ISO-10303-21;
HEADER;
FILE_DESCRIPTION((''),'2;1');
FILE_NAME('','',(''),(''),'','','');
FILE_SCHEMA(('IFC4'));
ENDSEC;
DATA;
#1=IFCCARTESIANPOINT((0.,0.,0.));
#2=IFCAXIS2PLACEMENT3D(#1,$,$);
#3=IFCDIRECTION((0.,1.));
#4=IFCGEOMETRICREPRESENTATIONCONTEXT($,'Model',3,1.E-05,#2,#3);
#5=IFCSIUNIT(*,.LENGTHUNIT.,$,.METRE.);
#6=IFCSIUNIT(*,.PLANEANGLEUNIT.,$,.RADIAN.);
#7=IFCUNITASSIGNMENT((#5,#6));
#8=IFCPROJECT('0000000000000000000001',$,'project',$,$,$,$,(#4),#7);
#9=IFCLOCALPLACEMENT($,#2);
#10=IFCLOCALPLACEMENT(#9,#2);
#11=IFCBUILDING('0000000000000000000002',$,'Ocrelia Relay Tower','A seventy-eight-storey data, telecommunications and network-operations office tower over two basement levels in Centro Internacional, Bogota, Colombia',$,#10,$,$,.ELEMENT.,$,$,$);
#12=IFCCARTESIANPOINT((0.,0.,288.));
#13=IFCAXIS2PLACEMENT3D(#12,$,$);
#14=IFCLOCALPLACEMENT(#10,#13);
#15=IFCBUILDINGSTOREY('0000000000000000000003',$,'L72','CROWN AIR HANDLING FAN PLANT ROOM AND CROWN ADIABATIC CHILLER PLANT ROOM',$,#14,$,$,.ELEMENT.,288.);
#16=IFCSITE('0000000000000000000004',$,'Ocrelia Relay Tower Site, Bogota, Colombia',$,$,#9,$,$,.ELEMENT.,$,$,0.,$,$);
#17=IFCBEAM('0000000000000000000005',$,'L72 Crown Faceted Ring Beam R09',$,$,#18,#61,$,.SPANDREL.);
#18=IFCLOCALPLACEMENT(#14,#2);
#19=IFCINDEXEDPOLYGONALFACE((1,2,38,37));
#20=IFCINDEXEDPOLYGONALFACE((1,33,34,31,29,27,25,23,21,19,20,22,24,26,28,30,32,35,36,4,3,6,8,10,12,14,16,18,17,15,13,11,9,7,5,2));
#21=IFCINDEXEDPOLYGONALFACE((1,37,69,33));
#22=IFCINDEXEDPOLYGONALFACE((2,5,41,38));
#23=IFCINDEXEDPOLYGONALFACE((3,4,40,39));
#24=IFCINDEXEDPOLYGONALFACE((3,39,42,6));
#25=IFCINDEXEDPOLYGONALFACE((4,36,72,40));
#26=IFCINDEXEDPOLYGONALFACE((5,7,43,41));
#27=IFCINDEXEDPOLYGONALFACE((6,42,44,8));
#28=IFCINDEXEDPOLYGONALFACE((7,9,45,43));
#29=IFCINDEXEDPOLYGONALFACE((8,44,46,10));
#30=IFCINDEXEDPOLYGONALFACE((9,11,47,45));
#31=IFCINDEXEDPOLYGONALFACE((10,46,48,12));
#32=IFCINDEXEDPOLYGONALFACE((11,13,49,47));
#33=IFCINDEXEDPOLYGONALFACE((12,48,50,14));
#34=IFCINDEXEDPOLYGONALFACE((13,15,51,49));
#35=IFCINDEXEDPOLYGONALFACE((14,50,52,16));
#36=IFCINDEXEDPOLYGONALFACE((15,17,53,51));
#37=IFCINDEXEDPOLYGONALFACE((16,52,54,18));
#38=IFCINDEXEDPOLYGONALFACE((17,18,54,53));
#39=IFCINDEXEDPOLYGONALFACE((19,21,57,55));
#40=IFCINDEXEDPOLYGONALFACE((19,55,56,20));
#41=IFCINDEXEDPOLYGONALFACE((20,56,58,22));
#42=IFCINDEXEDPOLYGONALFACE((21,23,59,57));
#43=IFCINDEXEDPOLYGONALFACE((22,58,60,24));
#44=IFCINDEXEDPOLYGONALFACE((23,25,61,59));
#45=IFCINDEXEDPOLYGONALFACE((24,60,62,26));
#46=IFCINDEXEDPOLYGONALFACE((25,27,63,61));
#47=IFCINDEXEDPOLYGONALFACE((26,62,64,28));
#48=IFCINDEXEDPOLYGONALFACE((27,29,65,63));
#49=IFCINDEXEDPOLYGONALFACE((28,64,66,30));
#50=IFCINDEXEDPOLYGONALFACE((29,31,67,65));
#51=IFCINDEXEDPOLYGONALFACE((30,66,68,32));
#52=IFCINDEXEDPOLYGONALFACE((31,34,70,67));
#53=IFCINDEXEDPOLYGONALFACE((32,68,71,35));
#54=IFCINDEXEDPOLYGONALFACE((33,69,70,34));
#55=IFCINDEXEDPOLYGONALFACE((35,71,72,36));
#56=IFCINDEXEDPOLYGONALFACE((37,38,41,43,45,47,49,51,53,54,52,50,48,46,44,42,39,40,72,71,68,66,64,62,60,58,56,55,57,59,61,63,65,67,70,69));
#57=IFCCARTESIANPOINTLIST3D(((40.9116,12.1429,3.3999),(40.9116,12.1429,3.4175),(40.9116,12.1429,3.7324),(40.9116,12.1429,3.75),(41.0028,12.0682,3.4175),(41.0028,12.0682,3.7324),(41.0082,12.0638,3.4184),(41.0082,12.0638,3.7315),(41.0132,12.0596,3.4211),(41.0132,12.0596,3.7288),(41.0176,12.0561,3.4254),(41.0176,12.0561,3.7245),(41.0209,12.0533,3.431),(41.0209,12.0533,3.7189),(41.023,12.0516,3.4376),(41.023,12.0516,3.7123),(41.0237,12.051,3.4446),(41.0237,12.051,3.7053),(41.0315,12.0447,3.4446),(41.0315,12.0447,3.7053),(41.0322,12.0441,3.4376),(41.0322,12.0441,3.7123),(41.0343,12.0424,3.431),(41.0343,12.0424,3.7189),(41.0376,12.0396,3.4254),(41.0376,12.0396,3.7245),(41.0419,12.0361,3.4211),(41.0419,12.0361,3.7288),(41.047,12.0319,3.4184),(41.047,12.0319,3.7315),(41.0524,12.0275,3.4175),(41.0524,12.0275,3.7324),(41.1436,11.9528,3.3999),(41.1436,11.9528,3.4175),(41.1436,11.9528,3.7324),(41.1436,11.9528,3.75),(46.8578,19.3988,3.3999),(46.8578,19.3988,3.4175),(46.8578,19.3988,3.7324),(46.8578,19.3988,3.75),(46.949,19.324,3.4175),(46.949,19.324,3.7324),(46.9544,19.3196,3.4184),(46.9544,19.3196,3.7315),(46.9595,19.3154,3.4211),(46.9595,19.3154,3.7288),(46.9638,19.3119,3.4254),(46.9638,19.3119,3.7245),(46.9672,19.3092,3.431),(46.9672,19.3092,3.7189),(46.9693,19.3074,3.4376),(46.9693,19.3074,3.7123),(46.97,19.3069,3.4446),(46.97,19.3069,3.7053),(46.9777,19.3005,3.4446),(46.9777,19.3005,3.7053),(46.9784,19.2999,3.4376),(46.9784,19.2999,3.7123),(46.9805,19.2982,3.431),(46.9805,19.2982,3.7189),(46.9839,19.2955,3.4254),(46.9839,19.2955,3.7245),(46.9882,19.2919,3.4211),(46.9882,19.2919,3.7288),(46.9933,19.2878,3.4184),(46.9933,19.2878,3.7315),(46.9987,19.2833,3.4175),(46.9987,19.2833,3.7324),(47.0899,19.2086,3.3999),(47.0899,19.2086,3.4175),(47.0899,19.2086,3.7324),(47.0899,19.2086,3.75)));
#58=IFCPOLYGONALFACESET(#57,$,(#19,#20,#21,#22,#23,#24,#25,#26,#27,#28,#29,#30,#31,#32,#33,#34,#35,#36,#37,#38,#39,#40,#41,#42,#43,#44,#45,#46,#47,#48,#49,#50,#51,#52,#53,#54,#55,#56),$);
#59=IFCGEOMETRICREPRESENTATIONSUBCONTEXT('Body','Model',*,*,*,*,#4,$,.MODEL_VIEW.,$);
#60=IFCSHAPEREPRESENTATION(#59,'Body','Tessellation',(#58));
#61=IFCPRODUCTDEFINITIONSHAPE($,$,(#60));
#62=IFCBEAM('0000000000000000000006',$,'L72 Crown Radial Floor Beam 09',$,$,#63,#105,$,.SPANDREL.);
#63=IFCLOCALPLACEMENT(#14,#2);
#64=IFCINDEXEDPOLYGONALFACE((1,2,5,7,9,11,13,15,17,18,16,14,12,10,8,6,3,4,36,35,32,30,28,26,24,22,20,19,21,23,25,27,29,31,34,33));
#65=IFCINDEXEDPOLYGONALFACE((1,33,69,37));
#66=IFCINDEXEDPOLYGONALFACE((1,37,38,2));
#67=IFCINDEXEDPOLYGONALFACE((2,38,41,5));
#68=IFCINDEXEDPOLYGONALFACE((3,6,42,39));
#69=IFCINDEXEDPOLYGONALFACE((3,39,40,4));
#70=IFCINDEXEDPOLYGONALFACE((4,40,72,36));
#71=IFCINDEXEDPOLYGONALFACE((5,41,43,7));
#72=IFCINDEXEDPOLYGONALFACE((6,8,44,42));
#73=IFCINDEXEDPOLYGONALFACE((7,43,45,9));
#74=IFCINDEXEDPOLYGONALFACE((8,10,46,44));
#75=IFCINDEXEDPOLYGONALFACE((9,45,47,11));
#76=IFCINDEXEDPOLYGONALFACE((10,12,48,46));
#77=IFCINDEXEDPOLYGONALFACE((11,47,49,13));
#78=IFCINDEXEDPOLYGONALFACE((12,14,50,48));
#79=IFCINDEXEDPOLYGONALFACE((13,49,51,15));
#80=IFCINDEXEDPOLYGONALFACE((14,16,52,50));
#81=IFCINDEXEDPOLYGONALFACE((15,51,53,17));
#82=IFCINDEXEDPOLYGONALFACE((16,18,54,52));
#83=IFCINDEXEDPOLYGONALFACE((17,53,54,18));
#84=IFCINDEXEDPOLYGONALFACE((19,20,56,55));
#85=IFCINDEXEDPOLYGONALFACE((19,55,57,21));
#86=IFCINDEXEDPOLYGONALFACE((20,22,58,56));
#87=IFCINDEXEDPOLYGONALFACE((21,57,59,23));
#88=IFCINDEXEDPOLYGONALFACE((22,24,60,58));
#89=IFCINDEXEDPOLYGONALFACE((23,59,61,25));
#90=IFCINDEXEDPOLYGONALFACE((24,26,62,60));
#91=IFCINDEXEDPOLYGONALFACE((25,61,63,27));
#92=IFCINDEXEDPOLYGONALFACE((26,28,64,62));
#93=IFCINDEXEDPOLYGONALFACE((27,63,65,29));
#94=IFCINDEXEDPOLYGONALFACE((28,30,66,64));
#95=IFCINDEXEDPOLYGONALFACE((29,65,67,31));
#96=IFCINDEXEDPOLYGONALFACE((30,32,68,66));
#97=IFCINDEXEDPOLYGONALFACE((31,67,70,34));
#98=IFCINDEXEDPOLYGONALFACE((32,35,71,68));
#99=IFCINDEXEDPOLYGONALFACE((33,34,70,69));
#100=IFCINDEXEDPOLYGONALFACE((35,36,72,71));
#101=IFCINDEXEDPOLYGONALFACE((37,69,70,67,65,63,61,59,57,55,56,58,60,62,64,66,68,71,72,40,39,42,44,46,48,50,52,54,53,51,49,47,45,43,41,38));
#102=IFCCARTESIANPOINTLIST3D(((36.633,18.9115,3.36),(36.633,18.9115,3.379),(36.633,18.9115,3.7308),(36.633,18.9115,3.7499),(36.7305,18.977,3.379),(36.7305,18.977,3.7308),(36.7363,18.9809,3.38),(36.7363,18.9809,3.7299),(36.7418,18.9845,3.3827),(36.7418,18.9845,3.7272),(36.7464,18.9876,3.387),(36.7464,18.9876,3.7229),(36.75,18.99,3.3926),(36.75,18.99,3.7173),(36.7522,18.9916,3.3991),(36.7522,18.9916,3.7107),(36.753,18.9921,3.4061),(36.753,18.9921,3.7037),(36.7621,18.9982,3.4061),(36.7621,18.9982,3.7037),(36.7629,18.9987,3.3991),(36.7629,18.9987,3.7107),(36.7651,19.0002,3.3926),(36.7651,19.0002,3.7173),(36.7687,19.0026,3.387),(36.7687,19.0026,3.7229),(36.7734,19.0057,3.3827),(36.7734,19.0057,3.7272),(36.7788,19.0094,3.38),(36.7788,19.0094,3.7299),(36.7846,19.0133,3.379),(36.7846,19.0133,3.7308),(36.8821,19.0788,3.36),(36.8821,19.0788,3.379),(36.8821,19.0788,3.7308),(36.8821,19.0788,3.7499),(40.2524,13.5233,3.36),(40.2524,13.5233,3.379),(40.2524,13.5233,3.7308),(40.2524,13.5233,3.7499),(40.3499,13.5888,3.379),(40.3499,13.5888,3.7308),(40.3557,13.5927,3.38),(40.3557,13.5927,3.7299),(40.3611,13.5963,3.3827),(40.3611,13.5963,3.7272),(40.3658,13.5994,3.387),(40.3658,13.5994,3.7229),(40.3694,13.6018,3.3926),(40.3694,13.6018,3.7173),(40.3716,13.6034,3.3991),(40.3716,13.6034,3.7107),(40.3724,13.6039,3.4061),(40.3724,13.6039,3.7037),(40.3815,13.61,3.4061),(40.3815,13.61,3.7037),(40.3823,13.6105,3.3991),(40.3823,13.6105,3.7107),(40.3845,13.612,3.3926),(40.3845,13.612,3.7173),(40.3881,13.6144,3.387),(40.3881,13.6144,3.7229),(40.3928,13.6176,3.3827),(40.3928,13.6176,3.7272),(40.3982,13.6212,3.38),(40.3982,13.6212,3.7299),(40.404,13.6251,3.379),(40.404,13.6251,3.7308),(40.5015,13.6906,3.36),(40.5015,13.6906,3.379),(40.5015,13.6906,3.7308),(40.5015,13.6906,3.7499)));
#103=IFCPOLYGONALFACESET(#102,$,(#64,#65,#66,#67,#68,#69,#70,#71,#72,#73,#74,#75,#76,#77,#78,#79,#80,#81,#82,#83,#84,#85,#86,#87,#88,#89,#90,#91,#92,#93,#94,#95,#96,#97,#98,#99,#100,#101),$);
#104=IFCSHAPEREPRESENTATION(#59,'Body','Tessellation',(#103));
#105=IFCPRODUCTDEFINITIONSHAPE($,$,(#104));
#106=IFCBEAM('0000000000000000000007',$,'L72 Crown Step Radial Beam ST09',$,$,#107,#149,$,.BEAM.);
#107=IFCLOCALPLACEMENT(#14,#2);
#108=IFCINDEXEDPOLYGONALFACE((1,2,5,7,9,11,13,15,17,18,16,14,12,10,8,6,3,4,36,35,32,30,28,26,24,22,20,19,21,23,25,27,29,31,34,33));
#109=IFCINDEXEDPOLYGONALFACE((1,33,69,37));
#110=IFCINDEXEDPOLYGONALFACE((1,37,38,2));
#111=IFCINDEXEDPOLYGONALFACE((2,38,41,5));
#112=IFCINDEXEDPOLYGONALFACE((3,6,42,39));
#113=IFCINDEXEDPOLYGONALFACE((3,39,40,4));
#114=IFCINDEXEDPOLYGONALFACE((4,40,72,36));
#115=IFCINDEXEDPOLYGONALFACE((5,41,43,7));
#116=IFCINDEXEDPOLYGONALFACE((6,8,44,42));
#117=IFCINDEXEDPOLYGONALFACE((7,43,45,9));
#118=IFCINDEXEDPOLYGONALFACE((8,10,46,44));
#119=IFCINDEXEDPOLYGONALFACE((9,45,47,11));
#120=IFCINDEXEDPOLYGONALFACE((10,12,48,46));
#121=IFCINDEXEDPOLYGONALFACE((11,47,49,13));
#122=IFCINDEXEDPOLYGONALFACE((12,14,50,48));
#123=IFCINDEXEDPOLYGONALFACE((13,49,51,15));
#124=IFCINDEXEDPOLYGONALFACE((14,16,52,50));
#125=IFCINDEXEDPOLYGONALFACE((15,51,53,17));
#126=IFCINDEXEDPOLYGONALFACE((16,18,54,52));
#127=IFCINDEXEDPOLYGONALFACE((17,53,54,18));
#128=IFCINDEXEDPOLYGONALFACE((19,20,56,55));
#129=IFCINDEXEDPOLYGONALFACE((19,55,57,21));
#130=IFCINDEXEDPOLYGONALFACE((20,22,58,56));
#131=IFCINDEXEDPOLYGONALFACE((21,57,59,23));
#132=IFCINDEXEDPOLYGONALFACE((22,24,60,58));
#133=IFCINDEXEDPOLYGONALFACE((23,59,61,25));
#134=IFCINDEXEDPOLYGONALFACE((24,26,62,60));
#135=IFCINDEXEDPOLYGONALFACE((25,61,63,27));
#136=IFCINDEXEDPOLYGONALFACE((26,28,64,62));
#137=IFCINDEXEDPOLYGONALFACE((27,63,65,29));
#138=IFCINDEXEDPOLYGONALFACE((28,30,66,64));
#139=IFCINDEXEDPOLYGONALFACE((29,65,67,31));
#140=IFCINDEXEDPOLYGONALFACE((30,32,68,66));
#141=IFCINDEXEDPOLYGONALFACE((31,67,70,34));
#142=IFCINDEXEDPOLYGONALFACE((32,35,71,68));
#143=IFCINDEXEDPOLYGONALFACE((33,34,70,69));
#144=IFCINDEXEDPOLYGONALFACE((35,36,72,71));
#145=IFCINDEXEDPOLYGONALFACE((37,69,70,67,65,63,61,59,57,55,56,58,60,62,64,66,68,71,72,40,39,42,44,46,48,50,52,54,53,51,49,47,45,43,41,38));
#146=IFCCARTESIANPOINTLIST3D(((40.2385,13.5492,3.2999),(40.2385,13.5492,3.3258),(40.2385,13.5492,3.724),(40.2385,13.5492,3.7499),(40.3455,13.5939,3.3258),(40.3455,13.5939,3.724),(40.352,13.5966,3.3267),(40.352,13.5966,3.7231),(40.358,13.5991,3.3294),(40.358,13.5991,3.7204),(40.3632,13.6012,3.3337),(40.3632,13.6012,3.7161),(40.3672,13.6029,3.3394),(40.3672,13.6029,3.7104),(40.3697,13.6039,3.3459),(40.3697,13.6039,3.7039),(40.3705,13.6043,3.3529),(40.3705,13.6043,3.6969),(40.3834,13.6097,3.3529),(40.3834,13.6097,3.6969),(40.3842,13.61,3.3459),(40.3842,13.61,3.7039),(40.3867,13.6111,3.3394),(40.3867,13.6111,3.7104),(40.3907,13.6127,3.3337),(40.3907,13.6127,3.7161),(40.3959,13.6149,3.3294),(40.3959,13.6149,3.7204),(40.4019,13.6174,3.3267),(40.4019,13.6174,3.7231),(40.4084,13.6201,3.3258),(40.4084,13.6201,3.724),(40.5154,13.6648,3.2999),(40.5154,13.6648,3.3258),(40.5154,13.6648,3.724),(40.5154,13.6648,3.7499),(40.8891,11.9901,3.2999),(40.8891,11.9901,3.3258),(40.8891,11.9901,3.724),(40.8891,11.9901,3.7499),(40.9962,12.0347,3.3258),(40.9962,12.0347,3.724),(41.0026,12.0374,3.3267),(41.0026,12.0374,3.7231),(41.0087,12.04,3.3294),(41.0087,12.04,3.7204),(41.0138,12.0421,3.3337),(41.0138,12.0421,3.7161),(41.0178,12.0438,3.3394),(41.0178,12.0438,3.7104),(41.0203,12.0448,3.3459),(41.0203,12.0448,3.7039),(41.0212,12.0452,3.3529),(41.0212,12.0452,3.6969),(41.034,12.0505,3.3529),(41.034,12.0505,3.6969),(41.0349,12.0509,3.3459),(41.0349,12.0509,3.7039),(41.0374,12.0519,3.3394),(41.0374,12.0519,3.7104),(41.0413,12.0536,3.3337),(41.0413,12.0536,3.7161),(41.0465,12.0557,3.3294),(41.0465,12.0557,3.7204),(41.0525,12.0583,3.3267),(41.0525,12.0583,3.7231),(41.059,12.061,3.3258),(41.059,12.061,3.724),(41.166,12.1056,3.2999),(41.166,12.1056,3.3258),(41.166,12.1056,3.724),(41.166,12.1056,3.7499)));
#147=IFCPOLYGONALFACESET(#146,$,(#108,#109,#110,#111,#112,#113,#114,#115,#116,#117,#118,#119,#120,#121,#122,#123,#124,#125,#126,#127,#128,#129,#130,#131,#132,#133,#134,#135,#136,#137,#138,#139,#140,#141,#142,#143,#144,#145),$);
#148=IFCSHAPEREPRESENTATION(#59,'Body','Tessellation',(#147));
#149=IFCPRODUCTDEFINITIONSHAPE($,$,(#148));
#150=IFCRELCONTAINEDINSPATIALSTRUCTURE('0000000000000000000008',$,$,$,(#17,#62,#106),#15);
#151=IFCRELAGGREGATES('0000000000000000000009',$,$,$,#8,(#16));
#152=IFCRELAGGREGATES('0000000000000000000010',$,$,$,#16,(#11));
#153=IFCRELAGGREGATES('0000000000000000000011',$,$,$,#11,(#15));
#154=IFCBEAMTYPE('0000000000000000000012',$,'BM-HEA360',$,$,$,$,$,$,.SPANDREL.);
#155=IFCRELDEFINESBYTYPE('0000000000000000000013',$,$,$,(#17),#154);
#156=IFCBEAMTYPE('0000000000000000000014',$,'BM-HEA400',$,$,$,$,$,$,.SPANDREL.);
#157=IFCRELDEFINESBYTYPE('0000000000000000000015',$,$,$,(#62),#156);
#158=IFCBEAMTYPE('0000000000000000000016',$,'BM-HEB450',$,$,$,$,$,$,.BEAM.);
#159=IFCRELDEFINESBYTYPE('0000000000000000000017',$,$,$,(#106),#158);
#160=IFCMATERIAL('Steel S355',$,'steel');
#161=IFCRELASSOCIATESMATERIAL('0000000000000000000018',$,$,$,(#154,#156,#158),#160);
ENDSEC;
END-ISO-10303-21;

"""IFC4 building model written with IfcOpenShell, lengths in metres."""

from ifc_helpers import new_model, si_unit, direction, frame, origin, origin_2d, place, context, subcontext, project, spatial, i_section, extrude, material, material_profile, profile_set, type_object, element, save


model = new_model("IFC4")

# Units and contexts
model_context = context("Model", 3, precision=1e-05, world=origin(), true_north=direction((0.0, 1.0)))
body_context = subcontext(model_context, "Body", "Model", "MODEL_VIEW")
ifc_project = project(units=[si_unit("LENGTHUNIT", "METRE"), si_unit("PLANEANGLEUNIT", "RADIAN")], contexts=[model_context])

# Site, building, storey
site_placement = place(None, origin())
site = spatial("IfcSite", under=ifc_project, at=site_placement, Name="Ocrelia Relay Tower Site, Bogota, Colombia", CompositionType="ELEMENT", RefElevation=0.0)
building_placement = place(site_placement, origin())
building = spatial("IfcBuilding", under=site, at=building_placement, Name="Ocrelia Relay Tower", Description="A seventy-eight-storey data, telecommunications and network-operations office tower over two basement levels in Centro Internacional, Bogota, Colombia", CompositionType="ELEMENT")
storey_placement = place(building_placement, frame((0.0, 0.0, 288.0)))
storey = spatial("IfcBuildingStorey", under=building, at=storey_placement, Name="L72", Description="CROWN AIR HANDLING FAN PLANT ROOM AND CROWN ADIABATIC CHILLER PLANT ROOM", CompositionType="ELEMENT", Elevation=288.0)

# Beams
ifc_material_1 = material(Name="Steel S355", Category="steel")
ifc_material_profile_1 = material_profile(ifc_material_1, i_section(OverallWidth=0.3, OverallDepth=0.3501, WebThickness=0.01, FlangeThickness=0.0176, FilletRadius=0.0271, at=origin_2d()), Name="HEA 360")
ifc_profile_set_1 = profile_set([ifc_material_profile_1], Name="Steel S355")
beam_type_1 = type_object("IfcBeamType", Name="BM-HEA360", PredefinedType="SPANDREL", material=ifc_profile_set_1)
beam_1_placement = place(storey_placement, frame((41.0276, 12.0479, 3.575), z_axis=(0.633855, 0.773452, 0.0), x_axis=(-0.773452, 0.633855, 0.0)))
element("IfcBeam", 1, at=beam_1_placement, inside=storey, type_object=beam_type_1, Name="L72 Crown Faceted Ring Beam R09", PredefinedType="SPANDREL", context=body_context, shape_type="SweptSolid", body=[
    extrude(i_section(OverallWidth=0.3, OverallDepth=0.3501, WebThickness=0.01, FlangeThickness=0.0176, FilletRadius=0.0271, at=origin_2d()), origin(), (0.0, 0.0, 1.0), 9.3811),
])
ifc_material_profile_2 = material_profile(ifc_material_1, i_section(OverallWidth=0.3, OverallDepth=0.3899, WebThickness=0.011, FlangeThickness=0.019, FilletRadius=0.0271, at=origin_2d()), Name="HEA 400")
ifc_profile_set_2 = profile_set([ifc_material_profile_2], Name="Steel S355")
beam_type_2 = type_object("IfcBeamType", Name="BM-HEA400", PredefinedType="SPANDREL", material=ifc_profile_set_2)
beam_2_placement = place(storey_placement, frame((40.377, 13.6069, 3.5549), z_axis=(-0.557605, 0.830107, 0.0), x_axis=(-0.830107, -0.557605, 0.0)))
element("IfcBeam", 2, at=beam_2_placement, inside=storey, type_object=beam_type_2, Name="L72 Crown Radial Floor Beam 09", PredefinedType="SPANDREL", context=body_context, shape_type="SweptSolid", body=[
    extrude(i_section(OverallWidth=0.3, OverallDepth=0.3899, WebThickness=0.011, FlangeThickness=0.019, FilletRadius=0.0271, at=origin_2d()), origin(), (0.0, 0.0, 1.0), 6.491),
])
ifc_material_profile_3 = material_profile(ifc_material_1, i_section(OverallWidth=0.3, OverallDepth=0.45, WebThickness=0.0139, FlangeThickness=0.0259, FilletRadius=0.0271, at=origin_2d()), Name="HEB 450")
ifc_profile_set_3 = profile_set([ifc_material_profile_3], Name="Steel S355")
beam_type_3 = type_object("IfcBeamType", Name="BM-HEB450", PredefinedType="BEAM", material=ifc_profile_set_3)
beam_3_placement = place(storey_placement, frame((41.0276, 12.0479, 3.5249), z_axis=(-0.385128, 0.922863, 0.0), x_axis=(-0.922863, -0.385128, 0.0)))
element("IfcBeam", 3, at=beam_3_placement, inside=storey, type_object=beam_type_3, Name="L72 Crown Step Radial Beam ST09", PredefinedType="BEAM", context=body_context, shape_type="SweptSolid", body=[
    extrude(i_section(OverallWidth=0.3, OverallDepth=0.45, WebThickness=0.0139, FlangeThickness=0.0259, FilletRadius=0.0271, at=origin_2d()), origin(), (0.0, 0.0, 1.0), 1.6895),
])

save(model, "model.ifc")
